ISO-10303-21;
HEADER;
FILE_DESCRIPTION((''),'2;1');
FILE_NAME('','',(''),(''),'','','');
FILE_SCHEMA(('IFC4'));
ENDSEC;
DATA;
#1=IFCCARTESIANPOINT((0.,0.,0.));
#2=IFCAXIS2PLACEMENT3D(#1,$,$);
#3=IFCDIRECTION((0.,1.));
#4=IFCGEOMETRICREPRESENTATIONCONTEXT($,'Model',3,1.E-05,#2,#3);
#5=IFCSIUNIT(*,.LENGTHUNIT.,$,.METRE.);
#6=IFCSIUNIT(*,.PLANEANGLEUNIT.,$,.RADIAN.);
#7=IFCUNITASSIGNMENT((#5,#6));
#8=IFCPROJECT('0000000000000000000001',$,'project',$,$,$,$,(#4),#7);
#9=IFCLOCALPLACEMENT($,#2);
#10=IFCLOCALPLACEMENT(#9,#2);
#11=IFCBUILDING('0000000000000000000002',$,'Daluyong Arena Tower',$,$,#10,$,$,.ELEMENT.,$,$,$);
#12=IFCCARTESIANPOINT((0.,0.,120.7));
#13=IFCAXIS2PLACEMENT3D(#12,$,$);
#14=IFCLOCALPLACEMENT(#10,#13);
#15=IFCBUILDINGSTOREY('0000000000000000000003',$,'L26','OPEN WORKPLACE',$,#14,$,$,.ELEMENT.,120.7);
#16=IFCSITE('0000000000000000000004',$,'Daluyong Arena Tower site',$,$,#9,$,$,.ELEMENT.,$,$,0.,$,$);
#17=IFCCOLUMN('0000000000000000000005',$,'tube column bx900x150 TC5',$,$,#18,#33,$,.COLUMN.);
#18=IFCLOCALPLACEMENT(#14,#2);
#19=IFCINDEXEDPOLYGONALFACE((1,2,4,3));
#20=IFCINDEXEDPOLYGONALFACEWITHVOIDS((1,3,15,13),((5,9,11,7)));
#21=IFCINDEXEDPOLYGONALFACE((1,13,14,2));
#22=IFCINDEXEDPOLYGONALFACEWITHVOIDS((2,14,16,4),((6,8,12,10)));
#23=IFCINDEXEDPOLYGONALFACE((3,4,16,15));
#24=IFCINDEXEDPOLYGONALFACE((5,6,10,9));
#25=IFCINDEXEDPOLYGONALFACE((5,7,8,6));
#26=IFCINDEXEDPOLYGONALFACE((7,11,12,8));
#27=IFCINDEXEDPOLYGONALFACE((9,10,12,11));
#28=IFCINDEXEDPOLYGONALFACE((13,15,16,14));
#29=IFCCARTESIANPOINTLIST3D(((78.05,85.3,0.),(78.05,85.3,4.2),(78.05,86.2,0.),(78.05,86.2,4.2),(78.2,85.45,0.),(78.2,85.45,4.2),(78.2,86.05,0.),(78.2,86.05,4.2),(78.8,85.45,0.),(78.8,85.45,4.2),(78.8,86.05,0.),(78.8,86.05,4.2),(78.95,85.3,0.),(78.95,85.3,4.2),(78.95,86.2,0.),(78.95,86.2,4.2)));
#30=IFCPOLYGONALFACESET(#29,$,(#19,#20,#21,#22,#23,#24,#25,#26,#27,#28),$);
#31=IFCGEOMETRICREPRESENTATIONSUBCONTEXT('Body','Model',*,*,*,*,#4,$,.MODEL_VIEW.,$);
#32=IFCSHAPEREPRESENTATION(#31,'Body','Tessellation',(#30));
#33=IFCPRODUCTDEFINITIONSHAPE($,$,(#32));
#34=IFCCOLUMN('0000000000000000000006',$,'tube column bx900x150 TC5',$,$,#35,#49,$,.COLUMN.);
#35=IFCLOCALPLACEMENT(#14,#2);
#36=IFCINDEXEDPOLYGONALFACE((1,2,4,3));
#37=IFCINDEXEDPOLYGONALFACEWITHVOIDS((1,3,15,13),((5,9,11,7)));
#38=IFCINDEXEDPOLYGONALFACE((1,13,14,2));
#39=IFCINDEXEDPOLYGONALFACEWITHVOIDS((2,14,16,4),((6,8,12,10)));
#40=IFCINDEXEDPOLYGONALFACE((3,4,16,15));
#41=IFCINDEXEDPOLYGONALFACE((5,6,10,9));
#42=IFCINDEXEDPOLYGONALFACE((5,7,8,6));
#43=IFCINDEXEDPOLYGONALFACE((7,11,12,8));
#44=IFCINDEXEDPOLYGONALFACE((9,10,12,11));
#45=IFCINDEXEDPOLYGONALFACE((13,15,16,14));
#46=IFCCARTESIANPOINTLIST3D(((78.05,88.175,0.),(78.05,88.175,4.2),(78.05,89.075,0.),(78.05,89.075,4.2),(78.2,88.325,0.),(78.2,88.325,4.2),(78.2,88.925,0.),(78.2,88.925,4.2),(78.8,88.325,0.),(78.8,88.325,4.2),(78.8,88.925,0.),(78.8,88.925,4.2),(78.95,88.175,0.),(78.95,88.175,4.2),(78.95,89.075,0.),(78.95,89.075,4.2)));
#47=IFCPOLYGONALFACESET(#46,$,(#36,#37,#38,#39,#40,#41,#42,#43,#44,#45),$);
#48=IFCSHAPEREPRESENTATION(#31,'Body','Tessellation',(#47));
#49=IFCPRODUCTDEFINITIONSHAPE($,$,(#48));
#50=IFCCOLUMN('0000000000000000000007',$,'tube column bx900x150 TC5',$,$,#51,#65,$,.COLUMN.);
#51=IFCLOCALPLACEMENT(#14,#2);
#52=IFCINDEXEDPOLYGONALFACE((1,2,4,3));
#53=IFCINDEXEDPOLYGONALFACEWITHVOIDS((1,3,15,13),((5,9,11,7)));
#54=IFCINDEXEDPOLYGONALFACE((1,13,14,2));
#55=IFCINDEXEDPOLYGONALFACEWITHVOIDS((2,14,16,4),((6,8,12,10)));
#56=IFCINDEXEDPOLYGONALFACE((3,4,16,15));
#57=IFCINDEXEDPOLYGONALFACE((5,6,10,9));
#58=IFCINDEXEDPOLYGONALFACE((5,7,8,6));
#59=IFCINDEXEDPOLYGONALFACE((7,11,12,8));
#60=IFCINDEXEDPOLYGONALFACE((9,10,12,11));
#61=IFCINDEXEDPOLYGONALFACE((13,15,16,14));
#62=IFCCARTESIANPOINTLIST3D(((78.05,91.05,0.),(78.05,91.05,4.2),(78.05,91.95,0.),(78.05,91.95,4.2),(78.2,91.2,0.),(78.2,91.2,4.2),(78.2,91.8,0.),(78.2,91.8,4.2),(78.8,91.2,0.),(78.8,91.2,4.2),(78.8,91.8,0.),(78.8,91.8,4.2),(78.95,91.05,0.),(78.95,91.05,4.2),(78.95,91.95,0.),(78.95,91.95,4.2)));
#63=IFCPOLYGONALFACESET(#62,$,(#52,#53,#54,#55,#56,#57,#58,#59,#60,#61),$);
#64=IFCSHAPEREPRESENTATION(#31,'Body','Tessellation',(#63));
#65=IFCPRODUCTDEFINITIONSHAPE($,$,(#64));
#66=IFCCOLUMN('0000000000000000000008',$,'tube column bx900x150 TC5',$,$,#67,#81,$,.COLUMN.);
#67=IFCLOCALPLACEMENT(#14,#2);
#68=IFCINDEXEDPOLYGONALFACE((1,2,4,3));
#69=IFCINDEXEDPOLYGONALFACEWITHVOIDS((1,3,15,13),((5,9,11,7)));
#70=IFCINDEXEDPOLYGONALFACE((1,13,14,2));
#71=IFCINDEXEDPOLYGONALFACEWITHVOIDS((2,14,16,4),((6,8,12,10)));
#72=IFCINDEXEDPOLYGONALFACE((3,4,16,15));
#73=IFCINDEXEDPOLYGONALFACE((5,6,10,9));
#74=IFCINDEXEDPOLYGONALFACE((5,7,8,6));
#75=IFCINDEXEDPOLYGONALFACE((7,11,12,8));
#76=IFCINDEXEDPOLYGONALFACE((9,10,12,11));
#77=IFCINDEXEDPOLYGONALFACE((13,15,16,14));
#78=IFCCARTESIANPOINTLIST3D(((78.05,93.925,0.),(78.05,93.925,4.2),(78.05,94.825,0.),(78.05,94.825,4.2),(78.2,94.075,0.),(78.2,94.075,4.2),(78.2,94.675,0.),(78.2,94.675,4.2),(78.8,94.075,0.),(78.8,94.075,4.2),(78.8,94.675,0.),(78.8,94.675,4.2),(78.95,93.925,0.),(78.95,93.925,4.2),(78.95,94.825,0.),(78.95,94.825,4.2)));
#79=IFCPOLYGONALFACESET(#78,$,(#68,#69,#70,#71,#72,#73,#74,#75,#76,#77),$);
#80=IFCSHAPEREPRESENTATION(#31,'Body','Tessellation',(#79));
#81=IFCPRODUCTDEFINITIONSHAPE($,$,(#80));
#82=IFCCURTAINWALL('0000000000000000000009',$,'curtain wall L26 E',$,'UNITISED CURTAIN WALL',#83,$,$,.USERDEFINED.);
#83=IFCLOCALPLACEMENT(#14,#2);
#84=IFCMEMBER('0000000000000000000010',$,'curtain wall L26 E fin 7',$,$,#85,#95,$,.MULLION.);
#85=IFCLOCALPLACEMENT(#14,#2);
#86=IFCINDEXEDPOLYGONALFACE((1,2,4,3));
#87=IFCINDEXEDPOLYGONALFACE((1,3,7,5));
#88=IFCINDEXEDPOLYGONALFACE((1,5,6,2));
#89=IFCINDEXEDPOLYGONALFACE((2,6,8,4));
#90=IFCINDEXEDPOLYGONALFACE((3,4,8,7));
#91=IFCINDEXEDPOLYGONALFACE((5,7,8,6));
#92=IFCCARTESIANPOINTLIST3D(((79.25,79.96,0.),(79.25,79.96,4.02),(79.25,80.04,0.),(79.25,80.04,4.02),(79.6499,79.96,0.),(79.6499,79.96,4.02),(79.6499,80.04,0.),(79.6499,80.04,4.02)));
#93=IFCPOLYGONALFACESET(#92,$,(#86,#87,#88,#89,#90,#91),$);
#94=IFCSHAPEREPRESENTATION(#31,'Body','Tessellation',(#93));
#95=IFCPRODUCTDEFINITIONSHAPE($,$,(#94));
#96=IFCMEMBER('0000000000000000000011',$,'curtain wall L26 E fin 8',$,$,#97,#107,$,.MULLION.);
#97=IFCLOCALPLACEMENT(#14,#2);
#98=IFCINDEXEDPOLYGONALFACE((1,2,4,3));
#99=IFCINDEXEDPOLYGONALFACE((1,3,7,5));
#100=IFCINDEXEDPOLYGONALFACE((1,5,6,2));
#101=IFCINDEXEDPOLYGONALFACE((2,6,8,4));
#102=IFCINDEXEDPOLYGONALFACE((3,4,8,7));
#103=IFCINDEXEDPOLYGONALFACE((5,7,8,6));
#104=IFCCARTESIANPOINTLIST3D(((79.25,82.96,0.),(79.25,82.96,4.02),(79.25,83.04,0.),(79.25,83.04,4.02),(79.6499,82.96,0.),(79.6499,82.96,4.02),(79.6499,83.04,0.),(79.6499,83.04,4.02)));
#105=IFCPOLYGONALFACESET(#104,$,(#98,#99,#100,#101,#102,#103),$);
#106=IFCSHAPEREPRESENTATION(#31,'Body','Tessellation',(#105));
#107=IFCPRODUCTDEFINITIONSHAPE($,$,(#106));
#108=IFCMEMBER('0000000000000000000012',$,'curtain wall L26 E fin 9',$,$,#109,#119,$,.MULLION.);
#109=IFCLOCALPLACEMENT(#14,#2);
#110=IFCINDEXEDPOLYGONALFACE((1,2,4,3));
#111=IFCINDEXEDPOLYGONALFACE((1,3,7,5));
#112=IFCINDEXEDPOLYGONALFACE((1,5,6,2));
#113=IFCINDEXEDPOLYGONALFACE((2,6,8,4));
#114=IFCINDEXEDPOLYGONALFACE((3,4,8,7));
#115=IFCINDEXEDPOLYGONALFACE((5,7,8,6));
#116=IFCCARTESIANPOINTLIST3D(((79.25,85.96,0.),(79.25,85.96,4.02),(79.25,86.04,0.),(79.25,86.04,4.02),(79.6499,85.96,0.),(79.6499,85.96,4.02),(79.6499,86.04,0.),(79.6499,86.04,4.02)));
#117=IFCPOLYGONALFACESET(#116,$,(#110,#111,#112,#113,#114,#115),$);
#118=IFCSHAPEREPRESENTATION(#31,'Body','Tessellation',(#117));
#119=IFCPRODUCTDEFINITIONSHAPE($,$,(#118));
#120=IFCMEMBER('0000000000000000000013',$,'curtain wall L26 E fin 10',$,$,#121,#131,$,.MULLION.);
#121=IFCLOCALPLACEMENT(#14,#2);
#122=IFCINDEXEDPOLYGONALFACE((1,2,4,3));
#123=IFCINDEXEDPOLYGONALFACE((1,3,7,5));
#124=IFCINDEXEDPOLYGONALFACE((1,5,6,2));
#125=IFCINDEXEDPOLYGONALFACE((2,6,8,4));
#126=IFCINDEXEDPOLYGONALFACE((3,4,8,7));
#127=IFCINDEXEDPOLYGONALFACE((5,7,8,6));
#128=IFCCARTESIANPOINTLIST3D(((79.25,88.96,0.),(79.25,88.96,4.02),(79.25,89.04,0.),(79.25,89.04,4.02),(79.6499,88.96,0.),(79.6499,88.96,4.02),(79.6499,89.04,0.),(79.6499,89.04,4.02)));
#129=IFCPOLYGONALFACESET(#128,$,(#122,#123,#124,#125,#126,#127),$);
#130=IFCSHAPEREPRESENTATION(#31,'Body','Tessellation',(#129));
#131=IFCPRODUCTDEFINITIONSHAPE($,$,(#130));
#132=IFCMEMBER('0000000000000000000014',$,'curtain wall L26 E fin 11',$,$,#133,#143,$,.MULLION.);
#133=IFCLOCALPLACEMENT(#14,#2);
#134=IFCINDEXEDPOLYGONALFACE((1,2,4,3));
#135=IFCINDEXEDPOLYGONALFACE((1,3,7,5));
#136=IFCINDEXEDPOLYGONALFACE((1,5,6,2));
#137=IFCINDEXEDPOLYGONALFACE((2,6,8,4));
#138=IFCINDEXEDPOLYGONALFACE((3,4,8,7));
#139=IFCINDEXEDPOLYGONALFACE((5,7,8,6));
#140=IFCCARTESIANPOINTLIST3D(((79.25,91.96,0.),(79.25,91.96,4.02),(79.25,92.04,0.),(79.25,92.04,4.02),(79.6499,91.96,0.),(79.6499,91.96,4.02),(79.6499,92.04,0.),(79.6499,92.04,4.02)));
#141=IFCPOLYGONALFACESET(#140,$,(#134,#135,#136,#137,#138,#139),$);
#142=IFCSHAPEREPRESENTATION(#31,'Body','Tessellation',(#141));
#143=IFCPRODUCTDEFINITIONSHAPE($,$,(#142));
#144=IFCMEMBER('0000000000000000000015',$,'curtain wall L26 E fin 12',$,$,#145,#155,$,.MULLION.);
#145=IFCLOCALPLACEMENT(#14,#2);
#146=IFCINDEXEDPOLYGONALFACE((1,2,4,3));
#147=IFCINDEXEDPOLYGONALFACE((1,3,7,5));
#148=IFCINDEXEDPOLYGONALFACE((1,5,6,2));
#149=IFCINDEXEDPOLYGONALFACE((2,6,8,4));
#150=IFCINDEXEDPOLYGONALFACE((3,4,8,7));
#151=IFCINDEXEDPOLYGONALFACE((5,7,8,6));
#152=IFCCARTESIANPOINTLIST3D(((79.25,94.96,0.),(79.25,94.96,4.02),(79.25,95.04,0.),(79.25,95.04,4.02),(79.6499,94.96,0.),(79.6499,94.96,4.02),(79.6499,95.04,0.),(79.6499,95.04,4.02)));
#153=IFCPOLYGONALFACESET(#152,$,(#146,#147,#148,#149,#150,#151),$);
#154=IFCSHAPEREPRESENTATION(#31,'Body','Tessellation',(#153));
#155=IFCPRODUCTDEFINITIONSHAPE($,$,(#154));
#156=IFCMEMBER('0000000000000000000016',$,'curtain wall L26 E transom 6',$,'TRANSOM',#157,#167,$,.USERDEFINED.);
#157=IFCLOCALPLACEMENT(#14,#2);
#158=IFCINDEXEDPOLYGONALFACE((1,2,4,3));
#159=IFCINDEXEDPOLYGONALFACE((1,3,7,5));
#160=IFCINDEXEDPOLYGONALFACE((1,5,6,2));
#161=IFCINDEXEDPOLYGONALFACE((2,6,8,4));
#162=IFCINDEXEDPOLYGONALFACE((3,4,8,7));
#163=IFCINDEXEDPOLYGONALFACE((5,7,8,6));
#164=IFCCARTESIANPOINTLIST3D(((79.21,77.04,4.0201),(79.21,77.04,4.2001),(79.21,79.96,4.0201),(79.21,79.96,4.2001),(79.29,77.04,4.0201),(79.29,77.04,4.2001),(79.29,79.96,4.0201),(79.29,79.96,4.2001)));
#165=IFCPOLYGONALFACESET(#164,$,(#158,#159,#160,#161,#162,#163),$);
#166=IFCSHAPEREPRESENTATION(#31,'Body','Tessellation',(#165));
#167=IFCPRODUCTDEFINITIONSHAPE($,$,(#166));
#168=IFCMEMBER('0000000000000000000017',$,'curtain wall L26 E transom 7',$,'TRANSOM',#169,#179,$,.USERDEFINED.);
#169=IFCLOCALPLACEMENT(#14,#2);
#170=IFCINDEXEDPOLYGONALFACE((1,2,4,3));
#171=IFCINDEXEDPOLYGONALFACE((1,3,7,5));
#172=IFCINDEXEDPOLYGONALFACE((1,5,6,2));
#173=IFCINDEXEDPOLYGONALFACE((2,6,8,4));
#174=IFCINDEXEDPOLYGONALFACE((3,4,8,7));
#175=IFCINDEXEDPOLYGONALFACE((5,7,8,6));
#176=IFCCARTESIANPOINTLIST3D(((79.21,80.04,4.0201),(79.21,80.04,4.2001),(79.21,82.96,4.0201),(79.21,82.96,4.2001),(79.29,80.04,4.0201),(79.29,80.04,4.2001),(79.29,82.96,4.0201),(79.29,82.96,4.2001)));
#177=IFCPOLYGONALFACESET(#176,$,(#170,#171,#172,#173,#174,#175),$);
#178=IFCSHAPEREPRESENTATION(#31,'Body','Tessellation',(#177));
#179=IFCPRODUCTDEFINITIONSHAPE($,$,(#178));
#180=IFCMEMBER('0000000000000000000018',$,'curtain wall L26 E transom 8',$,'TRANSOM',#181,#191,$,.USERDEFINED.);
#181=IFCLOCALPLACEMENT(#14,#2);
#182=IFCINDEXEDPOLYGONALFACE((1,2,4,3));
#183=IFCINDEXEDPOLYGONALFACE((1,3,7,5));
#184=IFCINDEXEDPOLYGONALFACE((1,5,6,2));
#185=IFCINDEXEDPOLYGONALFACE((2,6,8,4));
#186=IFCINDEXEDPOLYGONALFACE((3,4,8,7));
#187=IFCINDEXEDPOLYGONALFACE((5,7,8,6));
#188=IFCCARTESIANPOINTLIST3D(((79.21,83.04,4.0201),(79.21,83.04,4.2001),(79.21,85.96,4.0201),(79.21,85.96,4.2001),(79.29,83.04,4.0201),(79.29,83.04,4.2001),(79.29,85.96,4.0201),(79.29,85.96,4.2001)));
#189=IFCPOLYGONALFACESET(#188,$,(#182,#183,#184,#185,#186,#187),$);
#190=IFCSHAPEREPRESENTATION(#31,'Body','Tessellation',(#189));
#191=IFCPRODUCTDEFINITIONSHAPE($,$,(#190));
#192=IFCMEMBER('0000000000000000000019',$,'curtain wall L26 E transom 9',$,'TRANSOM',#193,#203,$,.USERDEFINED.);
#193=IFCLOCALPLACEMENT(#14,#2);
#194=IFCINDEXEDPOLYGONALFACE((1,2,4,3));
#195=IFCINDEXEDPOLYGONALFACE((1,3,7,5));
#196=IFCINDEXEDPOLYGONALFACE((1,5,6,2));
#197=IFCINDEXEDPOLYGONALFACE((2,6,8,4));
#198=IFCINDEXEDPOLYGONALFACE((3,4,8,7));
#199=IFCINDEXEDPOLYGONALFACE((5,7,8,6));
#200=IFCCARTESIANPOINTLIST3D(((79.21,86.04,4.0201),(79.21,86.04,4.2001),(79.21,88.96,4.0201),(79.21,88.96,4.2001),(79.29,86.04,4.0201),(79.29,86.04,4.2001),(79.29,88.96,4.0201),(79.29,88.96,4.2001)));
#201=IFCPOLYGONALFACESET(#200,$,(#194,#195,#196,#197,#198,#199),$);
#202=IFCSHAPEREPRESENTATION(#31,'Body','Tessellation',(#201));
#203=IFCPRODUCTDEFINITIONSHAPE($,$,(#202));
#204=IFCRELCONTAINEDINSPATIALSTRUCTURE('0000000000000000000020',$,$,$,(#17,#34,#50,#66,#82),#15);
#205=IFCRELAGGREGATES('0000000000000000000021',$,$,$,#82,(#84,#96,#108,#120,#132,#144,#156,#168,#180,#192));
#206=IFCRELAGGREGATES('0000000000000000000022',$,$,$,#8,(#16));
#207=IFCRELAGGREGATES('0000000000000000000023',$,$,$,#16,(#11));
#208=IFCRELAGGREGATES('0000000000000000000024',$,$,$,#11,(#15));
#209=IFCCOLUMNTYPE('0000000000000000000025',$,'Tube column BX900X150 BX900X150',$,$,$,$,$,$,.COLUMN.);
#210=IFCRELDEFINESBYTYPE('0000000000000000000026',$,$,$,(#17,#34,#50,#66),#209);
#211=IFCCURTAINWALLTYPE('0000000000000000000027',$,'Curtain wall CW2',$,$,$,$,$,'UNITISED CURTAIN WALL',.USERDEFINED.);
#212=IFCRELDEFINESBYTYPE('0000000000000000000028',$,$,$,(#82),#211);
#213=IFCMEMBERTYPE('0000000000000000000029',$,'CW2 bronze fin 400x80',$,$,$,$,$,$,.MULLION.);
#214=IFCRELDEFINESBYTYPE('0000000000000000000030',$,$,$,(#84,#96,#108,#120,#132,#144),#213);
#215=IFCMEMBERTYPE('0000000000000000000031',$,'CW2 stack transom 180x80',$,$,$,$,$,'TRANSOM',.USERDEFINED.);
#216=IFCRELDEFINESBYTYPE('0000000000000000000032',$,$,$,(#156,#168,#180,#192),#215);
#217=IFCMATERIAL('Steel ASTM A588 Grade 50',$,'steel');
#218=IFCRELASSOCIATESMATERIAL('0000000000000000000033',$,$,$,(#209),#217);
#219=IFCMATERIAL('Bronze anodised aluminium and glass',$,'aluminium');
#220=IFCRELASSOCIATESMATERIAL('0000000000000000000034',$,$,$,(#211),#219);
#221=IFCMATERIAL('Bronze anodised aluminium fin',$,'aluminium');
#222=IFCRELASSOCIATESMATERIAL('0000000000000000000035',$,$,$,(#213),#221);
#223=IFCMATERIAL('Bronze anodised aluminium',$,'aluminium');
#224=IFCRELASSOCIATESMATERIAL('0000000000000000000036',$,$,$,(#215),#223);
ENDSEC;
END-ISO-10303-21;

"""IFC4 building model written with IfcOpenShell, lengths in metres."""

from ifc_helpers import new_model, si_unit, direction, frame, origin, origin_2d, place, context, subcontext, project, spatial, rectangle, hollow_rectangle, extrude, material, material_profile, profile_set, type_object, element, aggregate, save


model = new_model("IFC4")

# Units and contexts
model_context = context("Model", 3, precision=1e-05, world=origin(), true_north=direction((0.0, 1.0)))
body_context = subcontext(model_context, "Body", "Model", "MODEL_VIEW")
ifc_project = project(units=[si_unit("LENGTHUNIT", "METRE"), si_unit("PLANEANGLEUNIT", "RADIAN")], contexts=[model_context])

# Site, building, storey
site_placement = place(None, origin())
site = spatial("IfcSite", under=ifc_project, at=site_placement, Name="Daluyong Arena Tower site", CompositionType="ELEMENT", RefElevation=0.0)
building_placement = place(site_placement, origin())
building = spatial("IfcBuilding", under=site, at=building_placement, Name="Daluyong Arena Tower", CompositionType="ELEMENT")
storey_placement = place(building_placement, frame((0.0, 0.0, 120.7)))
storey = spatial("IfcBuildingStorey", under=building, at=storey_placement, Name="L26", Description="OPEN WORKPLACE", CompositionType="ELEMENT", Elevation=120.7)

# Columns
ifc_material_1 = material(Name="Steel ASTM A588 Grade 50", Category="steel")
ifc_material_profile_1 = material_profile(ifc_material_1, hollow_rectangle(XDim=0.8999, YDim=0.8999, WallThickness=0.15, at=origin_2d()))
ifc_profile_set_1 = profile_set([ifc_material_profile_1], Name="Steel ASTM A588 Grade 50")
column_type = type_object("IfcColumnType", Name="Tube column BX900X150 BX900X150", PredefinedType="COLUMN", material=ifc_profile_set_1)
for number, where, z_axis, x_axis, name in (
    (1, (78.5, 85.75, 0.0), (0.0, 0.0, 1.0), (0.0, 1.0, 0.0), "tube column bx900x150 TC5"),
    (2, (78.5, 88.625, 0.0), (0.0, 0.0, 1.0), (0.0, 1.0, 0.0), "tube column bx900x150 TC5"),
    (3, (78.5, 91.5, 0.0), (0.0, 0.0, 1.0), (0.0, 1.0, 0.0), "tube column bx900x150 TC5"),
    (4, (78.5, 94.375, 0.0), (0.0, 0.0, 1.0), (0.0, 1.0, 0.0), "tube column bx900x150 TC5"),
):
    element("IfcColumn", number, at=place(storey_placement, frame(where, z_axis=z_axis, x_axis=x_axis)), inside=storey, type_object=column_type, Name=name, PredefinedType="COLUMN", context=body_context, shape_type="SweptSolid", body=[
        extrude(hollow_rectangle(XDim=0.8999, YDim=0.8999, WallThickness=0.15, at=origin_2d()), origin(), (0.0, 0.0, 1.0), 4.2),
    ])

# Curtain wall, members
ifc_material_2 = material(Name="Bronze anodised aluminium and glass", Category="aluminium")
curtain_wall_type = type_object("IfcCurtainWallType", Name="Curtain wall CW2", ElementType="UNITISED CURTAIN WALL", PredefinedType="USERDEFINED", material=ifc_material_2)
curtain_wall_placement = place(storey_placement, origin())
curtain_wall = element("IfcCurtainWall", 5, at=curtain_wall_placement, inside=storey, type_object=curtain_wall_type, Name="curtain wall L26 E", ObjectType="UNITISED CURTAIN WALL", PredefinedType="USERDEFINED")
ifc_material_3 = material(Name="Bronze anodised aluminium fin", Category="aluminium")
ifc_material_profile_2 = material_profile(ifc_material_3, rectangle(XDim=0.3999, YDim=0.0801, at=origin_2d()))
ifc_profile_set_2 = profile_set([ifc_material_profile_2], Name="Bronze anodised aluminium fin")
member_type_1 = type_object("IfcMemberType", Name="CW2 bronze fin 400x80", PredefinedType="MULLION", material=ifc_profile_set_2)
member_1_placement = place(storey_placement, frame((79.45, 80.0, 0.0), z_axis=(0.0, 0.0, 1.0), x_axis=(-1.0, 0.0, 0.0)))
member_1 = element("IfcMember", 6, at=member_1_placement, type_object=member_type_1, Name="curtain wall L26 E fin 7", PredefinedType="MULLION", context=body_context, shape_type="SweptSolid", body=[
    extrude(rectangle(XDim=0.3999, YDim=0.0801, at=origin_2d()), origin(), (0.0, 0.0, 1.0), 4.02),
])
member_2_placement = place(storey_placement, frame((79.45, 83.0, 0.0), z_axis=(0.0, 0.0, 1.0), x_axis=(-1.0, 0.0, 0.0)))
member_2 = element("IfcMember", 7, at=member_2_placement, type_object=member_type_1, Name="curtain wall L26 E fin 8", PredefinedType="MULLION", context=body_context, shape_type="SweptSolid", body=[
    extrude(rectangle(XDim=0.3999, YDim=0.0801, at=origin_2d()), origin(), (0.0, 0.0, 1.0), 4.02),
])
member_3_placement = place(storey_placement, frame((79.45, 86.0, 0.0), z_axis=(0.0, 0.0, 1.0), x_axis=(-1.0, 0.0, 0.0)))
member_3 = element("IfcMember", 8, at=member_3_placement, type_object=member_type_1, Name="curtain wall L26 E fin 9", PredefinedType="MULLION", context=body_context, shape_type="SweptSolid", body=[
    extrude(rectangle(XDim=0.3999, YDim=0.0801, at=origin_2d()), origin(), (0.0, 0.0, 1.0), 4.02),
])
member_4_placement = place(storey_placement, frame((79.45, 89.0, 0.0), z_axis=(0.0, 0.0, 1.0), x_axis=(-1.0, 0.0, 0.0)))
member_4 = element("IfcMember", 9, at=member_4_placement, type_object=member_type_1, Name="curtain wall L26 E fin 10", PredefinedType="MULLION", context=body_context, shape_type="SweptSolid", body=[
    extrude(rectangle(XDim=0.3999, YDim=0.0801, at=origin_2d()), origin(), (0.0, 0.0, 1.0), 4.02),
])
member_5_placement = place(storey_placement, frame((79.45, 92.0, 0.0), z_axis=(0.0, 0.0, 1.0), x_axis=(-1.0, 0.0, 0.0)))
member_5 = element("IfcMember", 10, at=member_5_placement, type_object=member_type_1, Name="curtain wall L26 E fin 11", PredefinedType="MULLION", context=body_context, shape_type="SweptSolid", body=[
    extrude(rectangle(XDim=0.3999, YDim=0.0801, at=origin_2d()), origin(), (0.0, 0.0, 1.0), 4.02),
])
member_6_placement = place(storey_placement, frame((79.45, 95.0, 0.0), z_axis=(0.0, 0.0, 1.0), x_axis=(-1.0, 0.0, 0.0)))
member_6 = element("IfcMember", 11, at=member_6_placement, type_object=member_type_1, Name="curtain wall L26 E fin 12", PredefinedType="MULLION", context=body_context, shape_type="SweptSolid", body=[
    extrude(rectangle(XDim=0.3999, YDim=0.0801, at=origin_2d()), origin(), (0.0, 0.0, 1.0), 4.02),
])
ifc_material_4 = material(Name="Bronze anodised aluminium", Category="aluminium")
ifc_material_profile_3 = material_profile(ifc_material_4, rectangle(XDim=0.0801, YDim=0.1799, at=origin_2d()))
ifc_profile_set_3 = profile_set([ifc_material_profile_3], Name="Bronze anodised aluminium")
member_type_2 = type_object("IfcMemberType", Name="CW2 stack transom 180x80", ElementType="TRANSOM", PredefinedType="USERDEFINED", material=ifc_profile_set_3)
member_7_placement = place(storey_placement, frame((79.25, 77.04, 4.1101), z_axis=(0.0, 1.0, 0.0), x_axis=(-1.0, 0.0, 0.0)))
member_7 = element("IfcMember", 12, at=member_7_placement, type_object=member_type_2, Name="curtain wall L26 E transom 6", ObjectType="TRANSOM", PredefinedType="USERDEFINED", context=body_context, shape_type="SweptSolid", body=[
    extrude(rectangle(XDim=0.0801, YDim=0.1799, at=origin_2d()), origin(), (0.0, 0.0, 1.0), 2.9199),
])
member_8_placement = place(storey_placement, frame((79.25, 80.04, 4.1101), z_axis=(0.0, 1.0, 0.0), x_axis=(-1.0, 0.0, 0.0)))
member_8 = element("IfcMember", 13, at=member_8_placement, type_object=member_type_2, Name="curtain wall L26 E transom 7", ObjectType="TRANSOM", PredefinedType="USERDEFINED", context=body_context, shape_type="SweptSolid", body=[
    extrude(rectangle(XDim=0.0801, YDim=0.1799, at=origin_2d()), origin(), (0.0, 0.0, 1.0), 2.9199),
])
member_9_placement = place(storey_placement, frame((79.25, 83.04, 4.1101), z_axis=(0.0, 1.0, 0.0), x_axis=(-1.0, 0.0, 0.0)))
member_9 = element("IfcMember", 14, at=member_9_placement, type_object=member_type_2, Name="curtain wall L26 E transom 8", ObjectType="TRANSOM", PredefinedType="USERDEFINED", context=body_context, shape_type="SweptSolid", body=[
    extrude(rectangle(XDim=0.0801, YDim=0.1799, at=origin_2d()), origin(), (0.0, 0.0, 1.0), 2.9199),
])
member_10_placement = place(storey_placement, frame((79.25, 86.04, 4.1101), z_axis=(0.0, 1.0, 0.0), x_axis=(-1.0, 0.0, 0.0)))
member_10 = element("IfcMember", 15, at=member_10_placement, type_object=member_type_2, Name="curtain wall L26 E transom 9", ObjectType="TRANSOM", PredefinedType="USERDEFINED", context=body_context, shape_type="SweptSolid", body=[
    extrude(rectangle(XDim=0.0801, YDim=0.1799, at=origin_2d()), origin(), (0.0, 0.0, 1.0), 2.9199),
])

aggregate(curtain_wall, [member_1, member_2, member_3, member_4, member_5, member_6, member_7, member_8, member_9, member_10])

save(model, "model.ifc")
